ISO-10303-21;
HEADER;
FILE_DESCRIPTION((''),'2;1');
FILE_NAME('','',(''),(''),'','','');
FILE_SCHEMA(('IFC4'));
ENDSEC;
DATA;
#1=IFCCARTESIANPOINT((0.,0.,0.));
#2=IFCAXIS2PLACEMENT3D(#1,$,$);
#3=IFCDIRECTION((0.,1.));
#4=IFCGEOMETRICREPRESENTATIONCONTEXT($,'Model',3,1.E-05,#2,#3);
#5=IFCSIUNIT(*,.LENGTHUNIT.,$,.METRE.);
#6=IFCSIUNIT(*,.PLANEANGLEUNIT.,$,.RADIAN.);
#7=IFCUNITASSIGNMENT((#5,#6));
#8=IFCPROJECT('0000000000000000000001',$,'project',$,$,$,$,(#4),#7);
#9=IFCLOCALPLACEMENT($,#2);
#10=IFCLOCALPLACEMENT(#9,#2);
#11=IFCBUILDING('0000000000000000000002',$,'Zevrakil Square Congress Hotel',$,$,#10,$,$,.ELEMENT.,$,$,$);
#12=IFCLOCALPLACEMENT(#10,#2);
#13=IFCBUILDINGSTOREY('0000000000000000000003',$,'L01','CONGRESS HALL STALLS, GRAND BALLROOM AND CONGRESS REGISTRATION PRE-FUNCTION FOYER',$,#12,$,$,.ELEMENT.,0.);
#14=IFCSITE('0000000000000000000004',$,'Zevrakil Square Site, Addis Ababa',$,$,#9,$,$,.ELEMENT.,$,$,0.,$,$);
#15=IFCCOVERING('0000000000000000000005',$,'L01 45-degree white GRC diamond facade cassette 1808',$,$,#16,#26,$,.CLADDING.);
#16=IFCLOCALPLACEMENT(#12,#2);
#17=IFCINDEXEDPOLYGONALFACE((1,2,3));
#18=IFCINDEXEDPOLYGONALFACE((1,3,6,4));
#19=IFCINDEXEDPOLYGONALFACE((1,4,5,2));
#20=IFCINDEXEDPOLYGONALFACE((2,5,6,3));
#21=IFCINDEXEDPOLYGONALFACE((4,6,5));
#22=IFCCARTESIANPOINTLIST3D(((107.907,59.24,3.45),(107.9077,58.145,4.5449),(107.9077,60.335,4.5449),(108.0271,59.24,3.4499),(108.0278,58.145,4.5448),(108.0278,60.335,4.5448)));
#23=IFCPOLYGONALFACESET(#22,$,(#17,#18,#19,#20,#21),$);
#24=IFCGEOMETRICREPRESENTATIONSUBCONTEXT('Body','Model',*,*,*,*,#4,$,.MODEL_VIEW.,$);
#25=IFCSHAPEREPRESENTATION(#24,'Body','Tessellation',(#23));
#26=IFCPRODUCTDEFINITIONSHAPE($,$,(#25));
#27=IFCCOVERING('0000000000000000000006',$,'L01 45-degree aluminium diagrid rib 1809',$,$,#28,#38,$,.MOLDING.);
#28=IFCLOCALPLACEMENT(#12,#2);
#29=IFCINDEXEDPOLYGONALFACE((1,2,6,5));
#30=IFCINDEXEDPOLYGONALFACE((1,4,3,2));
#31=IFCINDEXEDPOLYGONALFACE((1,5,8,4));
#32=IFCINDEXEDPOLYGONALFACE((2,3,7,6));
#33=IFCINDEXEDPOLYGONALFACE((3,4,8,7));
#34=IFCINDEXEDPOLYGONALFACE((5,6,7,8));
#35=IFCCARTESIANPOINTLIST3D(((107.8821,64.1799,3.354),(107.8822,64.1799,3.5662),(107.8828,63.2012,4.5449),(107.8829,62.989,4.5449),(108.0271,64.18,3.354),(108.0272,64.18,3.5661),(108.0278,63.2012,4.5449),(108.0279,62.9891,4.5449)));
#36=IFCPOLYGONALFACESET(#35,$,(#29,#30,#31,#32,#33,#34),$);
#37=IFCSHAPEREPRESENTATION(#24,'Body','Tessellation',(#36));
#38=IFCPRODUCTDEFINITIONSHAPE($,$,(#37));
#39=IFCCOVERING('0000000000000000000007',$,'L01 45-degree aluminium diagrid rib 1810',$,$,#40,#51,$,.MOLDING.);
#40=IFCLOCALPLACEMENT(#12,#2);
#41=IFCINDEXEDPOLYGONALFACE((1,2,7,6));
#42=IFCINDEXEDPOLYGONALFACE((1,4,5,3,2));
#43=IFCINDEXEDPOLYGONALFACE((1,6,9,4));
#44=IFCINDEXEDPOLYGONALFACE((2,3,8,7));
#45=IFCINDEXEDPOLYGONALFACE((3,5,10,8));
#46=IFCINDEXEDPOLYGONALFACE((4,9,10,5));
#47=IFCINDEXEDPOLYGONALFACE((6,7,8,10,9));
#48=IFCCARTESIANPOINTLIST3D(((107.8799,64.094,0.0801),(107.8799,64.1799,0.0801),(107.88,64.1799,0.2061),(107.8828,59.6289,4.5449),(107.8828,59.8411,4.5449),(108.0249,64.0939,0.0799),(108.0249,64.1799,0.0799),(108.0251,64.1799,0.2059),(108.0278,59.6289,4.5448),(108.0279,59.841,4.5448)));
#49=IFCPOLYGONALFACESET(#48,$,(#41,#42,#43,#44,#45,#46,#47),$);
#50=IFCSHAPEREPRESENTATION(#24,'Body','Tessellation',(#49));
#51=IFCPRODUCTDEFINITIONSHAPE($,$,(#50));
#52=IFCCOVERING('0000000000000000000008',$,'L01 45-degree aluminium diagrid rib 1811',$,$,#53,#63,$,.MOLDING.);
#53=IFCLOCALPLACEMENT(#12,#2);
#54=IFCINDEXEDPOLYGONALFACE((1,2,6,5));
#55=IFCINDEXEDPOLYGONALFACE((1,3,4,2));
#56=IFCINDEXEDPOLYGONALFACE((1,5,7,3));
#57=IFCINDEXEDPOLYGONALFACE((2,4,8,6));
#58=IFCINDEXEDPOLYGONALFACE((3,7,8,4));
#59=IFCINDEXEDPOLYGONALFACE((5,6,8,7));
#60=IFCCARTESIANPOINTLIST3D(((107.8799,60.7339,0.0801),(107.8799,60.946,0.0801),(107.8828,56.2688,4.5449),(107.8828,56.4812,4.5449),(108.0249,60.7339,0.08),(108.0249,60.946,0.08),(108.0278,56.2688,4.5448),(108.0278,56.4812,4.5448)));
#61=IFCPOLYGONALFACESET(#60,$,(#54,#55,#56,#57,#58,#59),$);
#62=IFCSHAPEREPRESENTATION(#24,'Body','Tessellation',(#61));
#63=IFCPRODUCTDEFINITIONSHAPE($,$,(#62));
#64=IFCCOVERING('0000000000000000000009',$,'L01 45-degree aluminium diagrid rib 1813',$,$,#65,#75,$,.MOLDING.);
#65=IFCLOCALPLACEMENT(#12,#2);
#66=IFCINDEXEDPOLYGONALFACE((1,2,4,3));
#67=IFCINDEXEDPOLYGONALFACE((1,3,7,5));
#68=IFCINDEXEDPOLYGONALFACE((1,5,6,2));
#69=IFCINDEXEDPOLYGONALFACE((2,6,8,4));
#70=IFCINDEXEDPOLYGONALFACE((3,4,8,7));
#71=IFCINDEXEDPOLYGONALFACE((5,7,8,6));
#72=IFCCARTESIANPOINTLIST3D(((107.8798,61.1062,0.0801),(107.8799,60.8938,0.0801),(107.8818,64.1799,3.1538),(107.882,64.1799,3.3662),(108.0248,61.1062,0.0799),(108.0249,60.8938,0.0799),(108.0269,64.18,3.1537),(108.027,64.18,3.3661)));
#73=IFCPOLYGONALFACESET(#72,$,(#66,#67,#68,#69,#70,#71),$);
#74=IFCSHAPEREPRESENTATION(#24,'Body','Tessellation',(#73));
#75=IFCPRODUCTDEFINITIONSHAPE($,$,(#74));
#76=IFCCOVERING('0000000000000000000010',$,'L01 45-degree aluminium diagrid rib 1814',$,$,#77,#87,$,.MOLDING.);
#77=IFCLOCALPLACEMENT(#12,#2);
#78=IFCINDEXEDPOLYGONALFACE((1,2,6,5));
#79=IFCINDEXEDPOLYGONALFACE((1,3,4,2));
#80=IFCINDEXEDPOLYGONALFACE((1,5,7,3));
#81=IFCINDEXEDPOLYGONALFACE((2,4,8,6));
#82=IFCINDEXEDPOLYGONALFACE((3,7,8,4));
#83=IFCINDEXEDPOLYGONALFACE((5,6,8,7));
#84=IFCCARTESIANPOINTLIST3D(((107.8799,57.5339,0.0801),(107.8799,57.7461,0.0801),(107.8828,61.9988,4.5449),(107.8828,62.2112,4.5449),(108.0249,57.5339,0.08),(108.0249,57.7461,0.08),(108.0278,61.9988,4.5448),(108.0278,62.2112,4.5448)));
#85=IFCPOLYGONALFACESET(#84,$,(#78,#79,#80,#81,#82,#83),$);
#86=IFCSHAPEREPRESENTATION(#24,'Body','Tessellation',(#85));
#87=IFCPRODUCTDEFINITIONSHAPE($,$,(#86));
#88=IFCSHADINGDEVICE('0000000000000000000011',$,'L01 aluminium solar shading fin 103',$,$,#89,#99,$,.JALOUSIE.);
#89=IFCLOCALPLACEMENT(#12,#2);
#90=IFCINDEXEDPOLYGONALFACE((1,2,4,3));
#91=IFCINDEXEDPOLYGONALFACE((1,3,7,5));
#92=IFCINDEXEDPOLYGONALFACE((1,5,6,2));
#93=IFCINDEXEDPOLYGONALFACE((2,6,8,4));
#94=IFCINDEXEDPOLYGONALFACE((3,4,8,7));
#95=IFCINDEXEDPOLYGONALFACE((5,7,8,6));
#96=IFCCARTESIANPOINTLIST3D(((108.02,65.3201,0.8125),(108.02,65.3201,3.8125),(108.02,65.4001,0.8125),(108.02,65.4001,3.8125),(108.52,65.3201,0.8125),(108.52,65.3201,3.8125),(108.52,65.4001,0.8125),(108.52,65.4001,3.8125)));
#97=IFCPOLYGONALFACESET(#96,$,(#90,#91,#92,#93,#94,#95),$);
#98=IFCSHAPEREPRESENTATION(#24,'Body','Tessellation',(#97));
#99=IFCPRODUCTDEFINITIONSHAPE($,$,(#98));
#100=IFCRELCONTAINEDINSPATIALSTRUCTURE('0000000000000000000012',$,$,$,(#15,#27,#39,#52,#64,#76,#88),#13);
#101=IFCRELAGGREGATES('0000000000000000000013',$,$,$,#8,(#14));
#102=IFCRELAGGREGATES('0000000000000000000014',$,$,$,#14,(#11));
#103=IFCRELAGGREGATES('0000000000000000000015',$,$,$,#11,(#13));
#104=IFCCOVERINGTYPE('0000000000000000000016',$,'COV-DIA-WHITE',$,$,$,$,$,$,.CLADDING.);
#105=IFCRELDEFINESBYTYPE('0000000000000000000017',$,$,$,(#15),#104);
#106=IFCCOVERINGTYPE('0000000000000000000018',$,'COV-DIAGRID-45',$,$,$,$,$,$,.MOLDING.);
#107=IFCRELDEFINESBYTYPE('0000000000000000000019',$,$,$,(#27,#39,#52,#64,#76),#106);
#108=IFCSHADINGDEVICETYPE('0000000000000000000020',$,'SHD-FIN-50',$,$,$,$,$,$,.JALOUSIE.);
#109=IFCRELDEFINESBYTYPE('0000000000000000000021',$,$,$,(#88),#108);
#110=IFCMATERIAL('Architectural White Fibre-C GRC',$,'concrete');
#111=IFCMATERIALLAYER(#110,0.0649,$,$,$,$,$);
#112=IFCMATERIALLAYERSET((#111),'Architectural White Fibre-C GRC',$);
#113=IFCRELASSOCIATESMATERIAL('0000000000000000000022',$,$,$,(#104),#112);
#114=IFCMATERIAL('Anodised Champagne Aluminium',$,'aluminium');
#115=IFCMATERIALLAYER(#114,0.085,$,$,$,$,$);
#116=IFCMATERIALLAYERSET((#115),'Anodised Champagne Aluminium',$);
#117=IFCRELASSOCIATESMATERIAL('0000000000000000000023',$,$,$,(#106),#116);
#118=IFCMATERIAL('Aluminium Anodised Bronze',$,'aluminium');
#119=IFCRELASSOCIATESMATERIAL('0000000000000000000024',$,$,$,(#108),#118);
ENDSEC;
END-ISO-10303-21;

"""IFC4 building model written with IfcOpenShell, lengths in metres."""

from ifc_helpers import new_model, si_unit, direction, frame, origin, origin_2d, place, context, subcontext, project, spatial, polyline, rectangle, outline, extrude, material, layer, layer_set, type_object, element, save


model = new_model("IFC4")

# Units and contexts
model_context = context("Model", 3, precision=1e-05, world=origin(), true_north=direction((0.0, 1.0)))
body_context = subcontext(model_context, "Body", "Model", "MODEL_VIEW")
ifc_project = project(units=[si_unit("LENGTHUNIT", "METRE"), si_unit("PLANEANGLEUNIT", "RADIAN")], contexts=[model_context])

# Site, building, storey
site_placement = place(None, origin())
site = spatial("IfcSite", under=ifc_project, at=site_placement, Name="Zevrakil Square Site, Addis Ababa", CompositionType="ELEMENT", RefElevation=0.0)
building_placement = place(site_placement, origin())
building = spatial("IfcBuilding", under=site, at=building_placement, Name="Zevrakil Square Congress Hotel", CompositionType="ELEMENT")
storey_placement = place(building_placement, origin())
storey = spatial("IfcBuildingStorey", under=building, at=storey_placement, Name="L01", Description="CONGRESS HALL STALLS, GRAND BALLROOM AND CONGRESS REGISTRATION PRE-FUNCTION FOYER", CompositionType="ELEMENT", Elevation=0.0)

# Coverings
ifc_material_1 = material(Name="Architectural White Fibre-C GRC", Category="concrete")
ifc_layer_1 = layer(ifc_material_1, 0.0649)
ifc_layer_set_1 = layer_set([ifc_layer_1], Name="Architectural White Fibre-C GRC")
covering_type_1 = type_object("IfcCoveringType", Name="COV-DIA-WHITE", PredefinedType="CLADDING", material=ifc_layer_set_1)
covering_1_placement = place(storey_placement, frame((107.907, 59.24, 3.45), z_axis=(-1.0, 0.0, 0.000669), x_axis=(0.000473, 0.707107, 0.707107)))
element("IfcCovering", 1, at=covering_1_placement, inside=storey, type_object=covering_type_1, Name="L01 45-degree white GRC diamond facade cassette 1808", PredefinedType="CLADDING", context=body_context, shape_type="SweptSolid", body=[
    extrude(outline(polyline([(0.0, 0.0), (1.5485, 0.0), (0.0, -1.5485), (0.0, 0.0)])), origin(), (0.0, 0.0, -1.0), 0.1201),
])
ifc_material_2 = material(Name="Anodised Champagne Aluminium", Category="aluminium")
ifc_layer_2 = layer(ifc_material_2, 0.085)
ifc_layer_set_2 = layer_set([ifc_layer_2], Name="Anodised Champagne Aluminium")
covering_type_2 = type_object("IfcCoveringType", Name="COV-DIAGRID-45", PredefinedType="MOLDING", material=ifc_layer_set_2)
covering_2_placement = place(storey_placement, frame((107.8821, 64.1799, 3.354), z_axis=(-1.0, -0.000338, 0.000338), x_axis=(0.000338, 0.0, 1.0)))
element("IfcCovering", 2, at=covering_2_placement, inside=storey, type_object=covering_type_2, Name="L01 45-degree aluminium diagrid rib 1809", PredefinedType="MOLDING", context=body_context, shape_type="SweptSolid", body=[
    extrude(outline(polyline([(0.0, 0.0), (0.2122, 0.0), (1.1909, -0.9788), (1.1909, -1.1909), (0.0, 0.0)])), origin(), (0.0, 0.0, -1.0), 0.145),
])
covering_3_placement = place(storey_placement, frame((107.8799, 64.094, 0.0801), z_axis=(-0.999999, 0.000384, 0.001029), x_axis=(0.000384, 1.0, 0.0)))
element("IfcCovering", 3, at=covering_3_placement, inside=storey, type_object=covering_type_2, Name="L01 45-degree aluminium diagrid rib 1810", PredefinedType="MOLDING", context=body_context, shape_type="SweptSolid", body=[
    extrude(outline(polyline([(0.0, 0.0), (0.0859, 0.0), (0.0859, -0.126), (-4.2529, -4.4648), (-4.4651, -4.4648), (0.0, 0.0)])), origin(), (0.0, 0.0, -1.0), 0.145),
])
covering_4_placement = place(storey_placement, frame((107.8799, 60.7339, 0.0801), z_axis=(-1.0, 0.0, 0.000656), x_axis=(0.0, 1.0, 0.0)))
element("IfcCovering", 4, at=covering_4_placement, inside=storey, type_object=covering_type_2, Name="L01 45-degree aluminium diagrid rib 1811", PredefinedType="MOLDING", context=body_context, shape_type="SweptSolid", body=[
    extrude(outline(polyline([(0.0, 0.0), (0.2122, 0.0), (-4.2527, -4.4648), (-4.4651, -4.4648), (0.0, 0.0)])), origin(), (0.0, 0.0, -1.0), 0.145),
])
covering_5_placement = place(storey_placement, frame((107.8818, 64.1799, 3.1538), z_axis=(-1.0, -0.000248, 0.000901), x_axis=(0.000901, 0.0, 1.0)))
element("IfcCovering", 5, at=covering_5_placement, inside=storey, type_object=covering_type_2, Name="L01 45-degree aluminium diagrid rib 1813", PredefinedType="MOLDING", context=body_context, shape_type="SweptSolid", body=[
    extrude(outline(polyline([(0.0, 0.0), (0.2124, 0.0), (-3.0737, -3.2861), (-3.0737, -3.0737), (0.0, 0.0)])), origin(), (0.0, 0.0, -1.0), 0.145),
])
covering_6_placement = place(storey_placement, frame((107.8828, 62.2112, 4.5449), z_axis=(-1.0, 0.0, 0.000656), x_axis=(0.0, -1.0, 0.0)))
element("IfcCovering", 6, at=covering_6_placement, inside=storey, type_object=covering_type_2, Name="L01 45-degree aluminium diagrid rib 1814", PredefinedType="MOLDING", context=body_context, shape_type="SweptSolid", body=[
    extrude(outline(polyline([(0.0, 0.0), (0.2124, 0.0), (4.6772, -4.4648), (4.4651, -4.4648), (0.0, 0.0)])), origin(), (0.0, 0.0, -1.0), 0.145),
])

# Shading device
ifc_material_3 = material(Name="Aluminium Anodised Bronze", Category="aluminium")
shading_device_type = type_object("IfcShadingDeviceType", Name="SHD-FIN-50", PredefinedType="JALOUSIE", material=ifc_material_3)
shading_device_placement = place(storey_placement, frame((108.27, 65.3601, 0.8125), z_axis=(0.0, 0.0, 1.0), x_axis=(1.0, 0.0, 0.0)))
element("IfcShadingDevice", 7, at=shading_device_placement, inside=storey, type_object=shading_device_type, Name="L01 aluminium solar shading fin 103", PredefinedType="JALOUSIE", context=body_context, shape_type="SweptSolid", body=[
    extrude(rectangle(XDim=0.5, YDim=0.0801, at=origin_2d()), origin(), (0.0, 0.0, 1.0), 3.0),
])

save(model, "model.ifc")
